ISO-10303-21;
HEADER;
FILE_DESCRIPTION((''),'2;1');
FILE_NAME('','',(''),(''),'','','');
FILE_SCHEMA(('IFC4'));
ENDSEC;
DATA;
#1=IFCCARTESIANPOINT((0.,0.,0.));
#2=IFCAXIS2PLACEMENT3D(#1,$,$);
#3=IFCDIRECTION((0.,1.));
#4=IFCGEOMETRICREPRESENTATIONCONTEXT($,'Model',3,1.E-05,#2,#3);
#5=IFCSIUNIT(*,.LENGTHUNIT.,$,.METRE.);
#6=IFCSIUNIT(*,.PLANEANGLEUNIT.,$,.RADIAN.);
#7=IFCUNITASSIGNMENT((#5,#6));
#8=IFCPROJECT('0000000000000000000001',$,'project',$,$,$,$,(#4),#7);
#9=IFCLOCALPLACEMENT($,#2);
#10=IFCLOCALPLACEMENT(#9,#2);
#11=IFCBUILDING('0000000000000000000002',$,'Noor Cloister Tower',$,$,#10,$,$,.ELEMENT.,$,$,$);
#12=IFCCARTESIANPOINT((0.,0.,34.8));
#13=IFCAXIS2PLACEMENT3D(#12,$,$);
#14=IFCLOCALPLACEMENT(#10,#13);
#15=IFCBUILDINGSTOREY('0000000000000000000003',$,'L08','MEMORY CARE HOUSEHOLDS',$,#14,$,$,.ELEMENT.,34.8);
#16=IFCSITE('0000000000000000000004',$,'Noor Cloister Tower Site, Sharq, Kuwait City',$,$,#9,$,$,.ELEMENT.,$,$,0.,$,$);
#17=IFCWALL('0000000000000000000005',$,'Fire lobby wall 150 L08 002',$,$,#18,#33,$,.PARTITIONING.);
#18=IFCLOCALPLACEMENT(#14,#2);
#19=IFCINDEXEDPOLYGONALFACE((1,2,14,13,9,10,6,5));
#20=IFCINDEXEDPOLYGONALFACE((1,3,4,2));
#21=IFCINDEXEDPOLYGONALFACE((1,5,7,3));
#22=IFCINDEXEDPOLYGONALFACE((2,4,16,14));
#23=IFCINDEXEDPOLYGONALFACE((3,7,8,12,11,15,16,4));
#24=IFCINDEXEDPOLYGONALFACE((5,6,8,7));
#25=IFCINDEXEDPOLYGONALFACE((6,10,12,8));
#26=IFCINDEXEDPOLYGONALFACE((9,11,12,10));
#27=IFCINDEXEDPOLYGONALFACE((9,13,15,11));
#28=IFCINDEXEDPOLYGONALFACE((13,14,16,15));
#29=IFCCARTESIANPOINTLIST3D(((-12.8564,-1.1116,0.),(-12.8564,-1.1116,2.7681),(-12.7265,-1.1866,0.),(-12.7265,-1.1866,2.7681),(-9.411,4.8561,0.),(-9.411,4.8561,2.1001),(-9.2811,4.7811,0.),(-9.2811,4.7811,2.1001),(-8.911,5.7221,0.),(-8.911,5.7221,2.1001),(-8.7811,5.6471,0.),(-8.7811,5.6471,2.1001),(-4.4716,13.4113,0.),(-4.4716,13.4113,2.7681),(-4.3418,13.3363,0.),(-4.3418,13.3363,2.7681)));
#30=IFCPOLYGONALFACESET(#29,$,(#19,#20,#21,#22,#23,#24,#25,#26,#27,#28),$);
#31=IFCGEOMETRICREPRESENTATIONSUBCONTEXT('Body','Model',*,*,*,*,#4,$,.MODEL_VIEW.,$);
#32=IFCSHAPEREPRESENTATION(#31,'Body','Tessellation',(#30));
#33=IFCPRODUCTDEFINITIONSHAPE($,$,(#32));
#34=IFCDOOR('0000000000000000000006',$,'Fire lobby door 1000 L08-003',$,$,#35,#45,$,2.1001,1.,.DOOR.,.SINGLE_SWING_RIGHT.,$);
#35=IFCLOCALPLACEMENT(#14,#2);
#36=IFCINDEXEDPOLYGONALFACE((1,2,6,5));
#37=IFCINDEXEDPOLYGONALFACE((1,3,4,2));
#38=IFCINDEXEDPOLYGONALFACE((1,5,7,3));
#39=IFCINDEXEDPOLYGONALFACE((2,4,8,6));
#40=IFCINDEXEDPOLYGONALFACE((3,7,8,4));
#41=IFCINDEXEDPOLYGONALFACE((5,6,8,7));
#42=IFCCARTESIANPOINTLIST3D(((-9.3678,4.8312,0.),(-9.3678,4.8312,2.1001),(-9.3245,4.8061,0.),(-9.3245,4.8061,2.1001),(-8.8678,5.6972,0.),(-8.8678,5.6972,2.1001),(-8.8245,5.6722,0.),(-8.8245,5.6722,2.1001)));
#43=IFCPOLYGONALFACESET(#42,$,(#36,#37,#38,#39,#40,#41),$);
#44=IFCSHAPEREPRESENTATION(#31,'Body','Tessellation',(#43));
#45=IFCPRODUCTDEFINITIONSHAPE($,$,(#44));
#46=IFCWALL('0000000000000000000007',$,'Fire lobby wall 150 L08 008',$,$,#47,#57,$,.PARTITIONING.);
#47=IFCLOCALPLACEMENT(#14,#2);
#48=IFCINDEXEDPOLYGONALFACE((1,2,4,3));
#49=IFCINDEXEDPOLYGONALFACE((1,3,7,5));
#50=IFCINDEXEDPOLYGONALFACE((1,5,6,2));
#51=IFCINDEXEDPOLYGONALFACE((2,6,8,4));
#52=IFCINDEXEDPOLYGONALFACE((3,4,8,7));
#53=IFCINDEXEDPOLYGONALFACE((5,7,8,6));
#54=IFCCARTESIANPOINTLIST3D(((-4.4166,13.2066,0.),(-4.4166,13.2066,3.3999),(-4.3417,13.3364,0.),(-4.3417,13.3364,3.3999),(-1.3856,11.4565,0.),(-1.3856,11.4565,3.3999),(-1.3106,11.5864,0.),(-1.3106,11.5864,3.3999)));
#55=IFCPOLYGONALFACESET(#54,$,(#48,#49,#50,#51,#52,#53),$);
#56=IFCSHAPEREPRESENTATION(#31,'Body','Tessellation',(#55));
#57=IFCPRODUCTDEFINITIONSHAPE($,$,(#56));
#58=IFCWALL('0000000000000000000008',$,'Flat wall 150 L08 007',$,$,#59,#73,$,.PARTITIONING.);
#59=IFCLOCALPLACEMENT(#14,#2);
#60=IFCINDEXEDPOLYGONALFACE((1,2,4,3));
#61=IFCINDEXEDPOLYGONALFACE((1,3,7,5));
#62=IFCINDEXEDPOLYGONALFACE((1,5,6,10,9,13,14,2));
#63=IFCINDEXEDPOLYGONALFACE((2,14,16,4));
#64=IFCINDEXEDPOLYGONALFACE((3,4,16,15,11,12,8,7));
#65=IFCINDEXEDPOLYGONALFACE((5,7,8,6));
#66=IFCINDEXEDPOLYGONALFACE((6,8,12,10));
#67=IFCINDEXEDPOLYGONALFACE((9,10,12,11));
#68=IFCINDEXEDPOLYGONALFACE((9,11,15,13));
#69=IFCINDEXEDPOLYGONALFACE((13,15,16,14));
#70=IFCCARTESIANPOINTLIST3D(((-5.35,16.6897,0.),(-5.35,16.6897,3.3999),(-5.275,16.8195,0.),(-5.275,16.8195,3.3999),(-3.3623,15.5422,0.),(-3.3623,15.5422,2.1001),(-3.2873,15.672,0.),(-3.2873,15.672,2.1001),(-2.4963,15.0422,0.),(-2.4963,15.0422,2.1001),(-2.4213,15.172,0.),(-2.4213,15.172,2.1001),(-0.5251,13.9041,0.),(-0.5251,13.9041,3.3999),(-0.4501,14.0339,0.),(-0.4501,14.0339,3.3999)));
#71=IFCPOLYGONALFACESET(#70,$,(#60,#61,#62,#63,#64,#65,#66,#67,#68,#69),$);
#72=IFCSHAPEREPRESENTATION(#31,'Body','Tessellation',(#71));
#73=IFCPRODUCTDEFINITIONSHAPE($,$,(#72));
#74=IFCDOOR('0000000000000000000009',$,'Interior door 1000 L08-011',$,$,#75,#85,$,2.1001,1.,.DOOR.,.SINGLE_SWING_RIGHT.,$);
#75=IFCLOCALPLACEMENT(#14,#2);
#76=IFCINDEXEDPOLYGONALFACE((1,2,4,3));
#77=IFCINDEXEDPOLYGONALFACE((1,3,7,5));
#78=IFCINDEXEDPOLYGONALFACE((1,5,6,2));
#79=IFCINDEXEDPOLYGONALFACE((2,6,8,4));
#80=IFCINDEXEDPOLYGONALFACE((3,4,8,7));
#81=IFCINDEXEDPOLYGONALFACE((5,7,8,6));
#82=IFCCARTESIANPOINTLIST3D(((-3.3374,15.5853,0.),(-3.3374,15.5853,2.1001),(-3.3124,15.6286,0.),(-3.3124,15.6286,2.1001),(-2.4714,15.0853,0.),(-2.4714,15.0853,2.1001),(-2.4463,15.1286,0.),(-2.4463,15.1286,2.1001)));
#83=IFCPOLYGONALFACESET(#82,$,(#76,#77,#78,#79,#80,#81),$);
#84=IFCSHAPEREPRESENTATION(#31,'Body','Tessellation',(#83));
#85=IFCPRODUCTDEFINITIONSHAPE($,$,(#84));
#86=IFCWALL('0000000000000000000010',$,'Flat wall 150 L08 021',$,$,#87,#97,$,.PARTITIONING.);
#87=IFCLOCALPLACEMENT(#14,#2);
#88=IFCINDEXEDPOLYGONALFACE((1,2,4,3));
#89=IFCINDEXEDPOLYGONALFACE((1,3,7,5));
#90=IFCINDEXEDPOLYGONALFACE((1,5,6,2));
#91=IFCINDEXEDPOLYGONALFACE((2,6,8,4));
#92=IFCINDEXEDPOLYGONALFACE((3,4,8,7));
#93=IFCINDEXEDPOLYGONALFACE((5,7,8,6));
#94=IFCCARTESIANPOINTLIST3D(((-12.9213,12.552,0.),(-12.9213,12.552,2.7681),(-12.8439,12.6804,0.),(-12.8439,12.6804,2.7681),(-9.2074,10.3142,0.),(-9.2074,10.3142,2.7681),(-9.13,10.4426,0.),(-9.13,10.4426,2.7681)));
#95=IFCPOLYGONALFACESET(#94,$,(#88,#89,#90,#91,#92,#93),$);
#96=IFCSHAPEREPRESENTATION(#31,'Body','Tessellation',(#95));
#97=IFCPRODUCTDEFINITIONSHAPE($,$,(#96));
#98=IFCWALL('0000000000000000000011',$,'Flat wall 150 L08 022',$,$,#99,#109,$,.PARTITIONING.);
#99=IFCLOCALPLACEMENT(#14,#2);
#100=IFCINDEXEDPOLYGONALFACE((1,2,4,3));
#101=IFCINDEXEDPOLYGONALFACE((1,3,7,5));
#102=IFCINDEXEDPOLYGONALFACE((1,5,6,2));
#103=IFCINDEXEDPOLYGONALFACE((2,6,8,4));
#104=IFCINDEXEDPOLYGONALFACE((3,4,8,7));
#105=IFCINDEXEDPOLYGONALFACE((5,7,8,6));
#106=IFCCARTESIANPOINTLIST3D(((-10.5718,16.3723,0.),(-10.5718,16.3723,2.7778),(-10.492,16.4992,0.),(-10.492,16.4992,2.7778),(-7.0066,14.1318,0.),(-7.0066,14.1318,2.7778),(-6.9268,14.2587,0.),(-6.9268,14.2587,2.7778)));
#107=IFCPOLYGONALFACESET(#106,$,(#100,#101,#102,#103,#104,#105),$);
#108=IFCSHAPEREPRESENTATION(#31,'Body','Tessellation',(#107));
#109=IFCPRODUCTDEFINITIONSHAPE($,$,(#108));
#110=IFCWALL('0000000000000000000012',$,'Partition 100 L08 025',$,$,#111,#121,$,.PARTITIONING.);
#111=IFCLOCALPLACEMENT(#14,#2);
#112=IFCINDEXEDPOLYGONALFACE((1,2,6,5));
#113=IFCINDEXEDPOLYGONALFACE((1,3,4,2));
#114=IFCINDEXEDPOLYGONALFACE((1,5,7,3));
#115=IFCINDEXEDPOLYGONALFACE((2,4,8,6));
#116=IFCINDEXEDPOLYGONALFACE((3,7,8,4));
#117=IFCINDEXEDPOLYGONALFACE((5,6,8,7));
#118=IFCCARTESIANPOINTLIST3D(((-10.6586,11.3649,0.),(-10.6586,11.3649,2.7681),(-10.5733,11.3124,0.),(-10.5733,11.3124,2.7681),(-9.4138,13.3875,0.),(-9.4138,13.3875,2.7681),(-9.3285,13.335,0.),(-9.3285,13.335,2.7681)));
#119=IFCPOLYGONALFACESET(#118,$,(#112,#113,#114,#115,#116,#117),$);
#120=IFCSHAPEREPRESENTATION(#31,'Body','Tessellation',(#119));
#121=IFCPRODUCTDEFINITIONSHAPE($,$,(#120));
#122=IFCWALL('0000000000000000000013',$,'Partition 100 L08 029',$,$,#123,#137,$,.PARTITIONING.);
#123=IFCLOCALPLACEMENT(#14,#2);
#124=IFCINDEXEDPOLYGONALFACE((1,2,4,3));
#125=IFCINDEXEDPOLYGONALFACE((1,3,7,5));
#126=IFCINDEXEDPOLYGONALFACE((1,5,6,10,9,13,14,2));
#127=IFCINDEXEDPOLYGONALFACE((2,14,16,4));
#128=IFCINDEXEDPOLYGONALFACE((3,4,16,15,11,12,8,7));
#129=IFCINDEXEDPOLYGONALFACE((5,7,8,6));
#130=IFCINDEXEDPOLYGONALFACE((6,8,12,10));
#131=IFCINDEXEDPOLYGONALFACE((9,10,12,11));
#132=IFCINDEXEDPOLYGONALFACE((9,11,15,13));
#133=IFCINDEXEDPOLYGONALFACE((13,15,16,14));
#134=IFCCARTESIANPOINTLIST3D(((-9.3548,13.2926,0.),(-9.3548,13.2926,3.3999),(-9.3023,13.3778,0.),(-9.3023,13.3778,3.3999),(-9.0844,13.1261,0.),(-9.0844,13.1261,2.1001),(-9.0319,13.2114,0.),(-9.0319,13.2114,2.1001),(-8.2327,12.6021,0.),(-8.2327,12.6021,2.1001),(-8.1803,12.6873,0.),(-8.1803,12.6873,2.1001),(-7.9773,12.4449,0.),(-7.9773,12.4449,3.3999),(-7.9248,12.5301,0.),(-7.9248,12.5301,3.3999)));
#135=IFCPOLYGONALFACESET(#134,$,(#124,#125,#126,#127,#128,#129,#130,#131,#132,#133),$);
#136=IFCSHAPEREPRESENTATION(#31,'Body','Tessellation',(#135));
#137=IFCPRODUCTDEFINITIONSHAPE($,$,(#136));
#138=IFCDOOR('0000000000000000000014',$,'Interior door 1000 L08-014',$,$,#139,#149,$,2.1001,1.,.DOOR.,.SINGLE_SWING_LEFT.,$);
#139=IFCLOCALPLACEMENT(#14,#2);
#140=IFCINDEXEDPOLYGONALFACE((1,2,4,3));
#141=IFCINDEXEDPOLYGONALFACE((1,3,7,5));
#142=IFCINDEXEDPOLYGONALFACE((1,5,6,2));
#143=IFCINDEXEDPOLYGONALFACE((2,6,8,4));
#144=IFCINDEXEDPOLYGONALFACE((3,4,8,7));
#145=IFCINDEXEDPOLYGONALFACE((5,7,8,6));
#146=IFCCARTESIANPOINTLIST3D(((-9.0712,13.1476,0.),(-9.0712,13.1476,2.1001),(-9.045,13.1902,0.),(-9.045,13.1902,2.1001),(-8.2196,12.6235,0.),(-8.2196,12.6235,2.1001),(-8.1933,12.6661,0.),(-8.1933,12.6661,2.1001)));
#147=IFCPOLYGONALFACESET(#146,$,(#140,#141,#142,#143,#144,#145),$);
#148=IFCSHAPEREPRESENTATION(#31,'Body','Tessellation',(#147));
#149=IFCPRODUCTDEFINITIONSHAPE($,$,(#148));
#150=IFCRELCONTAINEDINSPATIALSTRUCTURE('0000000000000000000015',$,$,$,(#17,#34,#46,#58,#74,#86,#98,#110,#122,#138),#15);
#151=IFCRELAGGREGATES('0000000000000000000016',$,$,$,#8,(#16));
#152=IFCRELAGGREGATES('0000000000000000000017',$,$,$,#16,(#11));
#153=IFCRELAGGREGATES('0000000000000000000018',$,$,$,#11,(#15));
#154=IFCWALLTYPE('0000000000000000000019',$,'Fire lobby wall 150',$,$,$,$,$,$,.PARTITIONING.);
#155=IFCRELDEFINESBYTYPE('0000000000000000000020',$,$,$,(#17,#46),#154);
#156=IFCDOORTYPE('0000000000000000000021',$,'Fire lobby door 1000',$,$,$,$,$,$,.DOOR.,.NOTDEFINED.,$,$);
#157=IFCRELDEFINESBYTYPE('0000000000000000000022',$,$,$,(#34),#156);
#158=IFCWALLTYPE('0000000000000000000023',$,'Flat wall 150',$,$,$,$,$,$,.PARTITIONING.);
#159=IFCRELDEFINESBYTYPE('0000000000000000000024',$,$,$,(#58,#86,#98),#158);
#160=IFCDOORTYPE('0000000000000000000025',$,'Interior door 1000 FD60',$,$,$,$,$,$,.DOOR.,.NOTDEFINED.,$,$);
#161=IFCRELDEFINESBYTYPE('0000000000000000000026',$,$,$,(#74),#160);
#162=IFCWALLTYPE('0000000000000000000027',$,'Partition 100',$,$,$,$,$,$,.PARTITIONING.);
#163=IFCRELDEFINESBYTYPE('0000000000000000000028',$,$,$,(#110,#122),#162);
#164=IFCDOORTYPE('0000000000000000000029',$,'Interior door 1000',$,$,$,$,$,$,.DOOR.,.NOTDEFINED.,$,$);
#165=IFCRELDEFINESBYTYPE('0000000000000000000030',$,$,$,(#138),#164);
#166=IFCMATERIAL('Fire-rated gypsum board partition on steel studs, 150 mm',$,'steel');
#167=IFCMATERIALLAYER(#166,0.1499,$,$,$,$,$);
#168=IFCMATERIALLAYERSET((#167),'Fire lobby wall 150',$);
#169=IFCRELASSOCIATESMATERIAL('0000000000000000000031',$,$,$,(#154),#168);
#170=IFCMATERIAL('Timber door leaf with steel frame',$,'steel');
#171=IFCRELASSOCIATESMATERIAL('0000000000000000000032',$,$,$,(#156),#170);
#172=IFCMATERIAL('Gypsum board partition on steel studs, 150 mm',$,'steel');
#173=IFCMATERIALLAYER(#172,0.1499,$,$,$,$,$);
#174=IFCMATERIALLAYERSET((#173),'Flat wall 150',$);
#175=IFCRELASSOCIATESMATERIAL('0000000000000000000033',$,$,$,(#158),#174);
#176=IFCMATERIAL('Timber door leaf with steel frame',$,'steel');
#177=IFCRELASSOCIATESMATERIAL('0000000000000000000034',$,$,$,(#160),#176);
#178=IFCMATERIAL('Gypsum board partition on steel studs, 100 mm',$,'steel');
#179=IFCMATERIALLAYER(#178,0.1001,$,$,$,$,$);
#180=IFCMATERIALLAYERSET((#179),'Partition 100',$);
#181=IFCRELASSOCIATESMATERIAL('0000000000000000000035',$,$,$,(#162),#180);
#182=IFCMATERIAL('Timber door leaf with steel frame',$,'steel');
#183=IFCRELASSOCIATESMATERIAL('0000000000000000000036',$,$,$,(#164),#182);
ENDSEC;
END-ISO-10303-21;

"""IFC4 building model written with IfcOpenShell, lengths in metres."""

from ifc_helpers import new_model, si_unit, direction, frame, frame_2d, origin, place, context, subcontext, project, spatial, rectangle, extrude, material, layer, layer_set, type_object, element, fill, save


model = new_model("IFC4")

# Units and contexts
model_context = context("Model", 3, precision=1e-05, world=origin(), true_north=direction((0.0, 1.0)))
body_context = subcontext(model_context, "Body", "Model", "MODEL_VIEW")
ifc_project = project(units=[si_unit("LENGTHUNIT", "METRE"), si_unit("PLANEANGLEUNIT", "RADIAN")], contexts=[model_context])

# Site, building, storey
site_placement = place(None, origin())
site = spatial("IfcSite", under=ifc_project, at=site_placement, Name="Noor Cloister Tower Site, Sharq, Kuwait City", CompositionType="ELEMENT", RefElevation=0.0)
building_placement = place(site_placement, origin())
building = spatial("IfcBuilding", under=site, at=building_placement, Name="Noor Cloister Tower", CompositionType="ELEMENT")
storey_placement = place(building_placement, frame((0.0, 0.0, 34.8)))
storey = spatial("IfcBuildingStorey", under=building, at=storey_placement, Name="L08", Description="MEMORY CARE HOUSEHOLDS", CompositionType="ELEMENT", Elevation=34.8)

# Wall, opening, door
ifc_material_1 = material(Name="Fire-rated gypsum board partition on steel studs, 150 mm", Category="steel")
ifc_layer_1 = layer(ifc_material_1, 0.1499)
ifc_layer_set_1 = layer_set([ifc_layer_1], Name="Fire lobby wall 150")
wall_type_1 = type_object("IfcWallType", Name="Fire lobby wall 150", PredefinedType="PARTITIONING", material=ifc_layer_set_1)
wall_1_placement = place(storey_placement, frame((-4.4067, 13.3738, 0.0), z_axis=(0.0, 0.0, 1.0), x_axis=(-0.499997, -0.866027, 0.0)))
wall_1 = element("IfcWall", 1, at=wall_1_placement, inside=storey, type_object=wall_type_1, Name="Fire lobby wall 150 L08 002", PredefinedType="PARTITIONING", context=body_context, shape_type="SweptSolid", body=[
    extrude(rectangle(XDim=16.7695, YDim=0.1499, at=frame_2d((8.3848, 0.0))), origin(), (0.0, 0.0, 1.0), 2.7681),
])
opening_1_placement = place(wall_1_placement, frame((8.8787, 0.0, 0.0)))
opening_1 = element("IfcOpeningElement", 2, at=opening_1_placement, cuts=wall_1, PredefinedType="OPENING", context=body_context, shape_type="SweptSolid", body=[
    extrude(rectangle(XDim=1.0, YDim=2.1001, at=frame_2d((0.5, 1.05))), frame((0.0, 0.085, 0.0), z_axis=(0.0, -1.0, 0.0), x_axis=(1.0, 0.0, 0.0)), (0.0, 0.0, 1.0), 0.1699),
])
ifc_material_2 = material(Name="Timber door leaf with steel frame", Category="steel")
door_type_1 = type_object("IfcDoorType", Name="Fire lobby door 1000", OperationType="NOTDEFINED", PredefinedType="DOOR", material=ifc_material_2)
door_1_placement = place(opening_1_placement, origin())
door_1 = element("IfcDoor", 3, at=door_1_placement, inside=storey, type_object=door_type_1, Name="Fire lobby door 1000 L08-003", OperationType="SINGLE_SWING_RIGHT", OverallHeight=2.1001, OverallWidth=1.0, PredefinedType="DOOR", context=body_context, shape_type="SweptSolid", body=[
    extrude(rectangle(XDim=1.0, YDim=2.1001, at=frame_2d((0.5, 1.05))), frame((0.0, 0.0249, 0.0), z_axis=(0.0, -1.0, 0.0), x_axis=(1.0, 0.0, 0.0)), (0.0, 0.0, 1.0), 0.05),
])
fill(opening_1, door_1)

# Wall
wall_2_placement = place(storey_placement, frame((-4.3792, 13.2715, 0.0), z_axis=(0.0, 0.0, 1.0), x_axis=(0.866019, -0.50001, 0.0)))
element("IfcWall", 4, at=wall_2_placement, inside=storey, type_object=wall_type_1, Name="Fire lobby wall 150 L08 008", PredefinedType="PARTITIONING", context=body_context, shape_type="SweptSolid", body=[
    extrude(rectangle(XDim=3.5, YDim=0.1499, at=frame_2d((1.75, 0.0))), origin(), (0.0, 0.0, 1.0), 3.3999),
])

# Wall, opening, door
ifc_material_3 = material(Name="Gypsum board partition on steel studs, 150 mm", Category="steel")
ifc_layer_2 = layer(ifc_material_3, 0.1499)
ifc_layer_set_2 = layer_set([ifc_layer_2], Name="Flat wall 150")
wall_type_2 = type_object("IfcWallType", Name="Flat wall 150", PredefinedType="PARTITIONING", material=ifc_layer_set_2)
wall_3_placement = place(storey_placement, frame((-5.3125, 16.7546, 0.0), z_axis=(0.0, 0.0, 1.0), x_axis=(0.866029, -0.499994, 0.0)))
wall_3 = element("IfcWall", 5, at=wall_3_placement, inside=storey, type_object=wall_type_2, Name="Flat wall 150 L08 007", PredefinedType="PARTITIONING", context=body_context, shape_type="SweptSolid", body=[
    extrude(rectangle(XDim=5.5713, YDim=0.1499, at=frame_2d((2.7856, 0.0))), origin(), (0.0, 0.0, 1.0), 3.3999),
])
opening_2_placement = place(wall_3_placement, frame((2.2952, 0.0, 0.0)))
opening_2 = element("IfcOpeningElement", 6, at=opening_2_placement, cuts=wall_3, PredefinedType="OPENING", context=body_context, shape_type="SweptSolid", body=[
    extrude(rectangle(XDim=1.0, YDim=2.1001, at=frame_2d((0.5, 1.05))), frame((0.0, 0.085, 0.0), z_axis=(0.0, -1.0, 0.0), x_axis=(1.0, 0.0, 0.0)), (0.0, 0.0, 1.0), 0.1699),
])
ifc_material_4 = material(Name="Timber door leaf with steel frame", Category="steel")
door_type_2 = type_object("IfcDoorType", Name="Interior door 1000 FD60", OperationType="NOTDEFINED", PredefinedType="DOOR", material=ifc_material_4)
door_2_placement = place(opening_2_placement, origin())
door_2 = element("IfcDoor", 7, at=door_2_placement, inside=storey, type_object=door_type_2, Name="Interior door 1000 L08-011", OperationType="SINGLE_SWING_RIGHT", OverallHeight=2.1001, OverallWidth=1.0, PredefinedType="DOOR", context=body_context, shape_type="SweptSolid", body=[
    extrude(rectangle(XDim=1.0, YDim=2.1001, at=frame_2d((0.5, 1.05))), frame((0.0, 0.0249, 0.0), z_axis=(0.0, -1.0, 0.0), x_axis=(1.0, 0.0, 0.0)), (0.0, 0.0, 1.0), 0.05),
])
fill(opening_2, door_2)

# Walls
wall_4_placement = place(storey_placement, frame((-12.8826, 12.6162, 0.0), z_axis=(0.0, 0.0, 1.0), x_axis=(0.856528, -0.516101, 0.0)))
element("IfcWall", 8, at=wall_4_placement, inside=storey, type_object=wall_type_2, Name="Flat wall 150 L08 021", PredefinedType="PARTITIONING", context=body_context, shape_type="SweptSolid", body=[
    extrude(rectangle(XDim=4.3359, YDim=0.1499, at=frame_2d((2.168, 0.0))), origin(), (0.0, 0.0, 1.0), 2.7681),
])
wall_5_placement = place(storey_placement, frame((-10.532, 16.4358, 0.0), z_axis=(0.0, 0.0, 1.0), x_axis=(0.84669, -0.532087, 0.0)))
element("IfcWall", 9, at=wall_5_placement, inside=storey, type_object=wall_type_2, Name="Flat wall 150 L08 022", PredefinedType="PARTITIONING", context=body_context, shape_type="SweptSolid", body=[
    extrude(rectangle(XDim=4.2107, YDim=0.1499, at=frame_2d((2.1055, 0.0))), origin(), (0.0, 0.0, 1.0), 2.7778),
])
ifc_material_5 = material(Name="Gypsum board partition on steel studs, 100 mm", Category="steel")
ifc_layer_3 = layer(ifc_material_5, 0.1001)
ifc_layer_set_3 = layer_set([ifc_layer_3], Name="Partition 100")
wall_type_3 = type_object("IfcWallType", Name="Partition 100", PredefinedType="PARTITIONING", material=ifc_layer_set_3)
wall_6_placement = place(storey_placement, frame((-10.616, 11.3386, 0.0), z_axis=(0.0, 0.0, 1.0), x_axis=(0.524138, 0.851634, 0.0)))
element("IfcWall", 10, at=wall_6_placement, inside=storey, type_object=wall_type_3, Name="Partition 100 L08 025", PredefinedType="PARTITIONING", context=body_context, shape_type="SweptSolid", body=[
    extrude(rectangle(XDim=2.375, YDim=0.1001, at=frame_2d((1.1875, 0.0))), origin(), (0.0, 0.0, 1.0), 2.7681),
])

# Wall, opening, door
wall_7_placement = place(storey_placement, frame((-7.9512, 12.4875, 0.0), z_axis=(0.0, 0.0, 1.0), x_axis=(-0.851658, 0.524097, 0.0)))
wall_7 = element("IfcWall", 11, at=wall_7_placement, inside=storey, type_object=wall_type_3, Name="Partition 100 L08 029", PredefinedType="PARTITIONING", context=body_context, shape_type="SweptSolid", body=[
    extrude(rectangle(XDim=1.6174, YDim=0.1001, at=frame_2d((0.8086, 0.0))), origin(), (0.0, 0.0, 1.0), 3.3999),
])
opening_3_placement = place(wall_7_placement, frame((0.2998, 0.0, 0.0)))
opening_3 = element("IfcOpeningElement", 12, at=opening_3_placement, cuts=wall_7, PredefinedType="OPENING", context=body_context, shape_type="SweptSolid", body=[
    extrude(rectangle(XDim=1.0, YDim=2.1001, at=frame_2d((0.5, 1.05))), frame((0.0, 0.0601, 0.0), z_axis=(0.0, -1.0, 0.0), x_axis=(1.0, 0.0, 0.0)), (0.0, 0.0, 1.0), 0.1201),
])
ifc_material_6 = material(Name="Timber door leaf with steel frame", Category="steel")
door_type_3 = type_object("IfcDoorType", Name="Interior door 1000", OperationType="NOTDEFINED", PredefinedType="DOOR", material=ifc_material_6)
door_3_placement = place(opening_3_placement, origin())
door_3 = element("IfcDoor", 13, at=door_3_placement, inside=storey, type_object=door_type_3, Name="Interior door 1000 L08-014", OperationType="SINGLE_SWING_LEFT", OverallHeight=2.1001, OverallWidth=1.0, PredefinedType="DOOR", context=body_context, shape_type="SweptSolid", body=[
    extrude(rectangle(XDim=1.0, YDim=2.1001, at=frame_2d((0.5, 1.05))), frame((0.0, 0.0249, 0.0), z_axis=(0.0, -1.0, 0.0), x_axis=(1.0, 0.0, 0.0)), (0.0, 0.0, 1.0), 0.05),
])
fill(opening_3, door_3)

save(model, "model.ifc")
